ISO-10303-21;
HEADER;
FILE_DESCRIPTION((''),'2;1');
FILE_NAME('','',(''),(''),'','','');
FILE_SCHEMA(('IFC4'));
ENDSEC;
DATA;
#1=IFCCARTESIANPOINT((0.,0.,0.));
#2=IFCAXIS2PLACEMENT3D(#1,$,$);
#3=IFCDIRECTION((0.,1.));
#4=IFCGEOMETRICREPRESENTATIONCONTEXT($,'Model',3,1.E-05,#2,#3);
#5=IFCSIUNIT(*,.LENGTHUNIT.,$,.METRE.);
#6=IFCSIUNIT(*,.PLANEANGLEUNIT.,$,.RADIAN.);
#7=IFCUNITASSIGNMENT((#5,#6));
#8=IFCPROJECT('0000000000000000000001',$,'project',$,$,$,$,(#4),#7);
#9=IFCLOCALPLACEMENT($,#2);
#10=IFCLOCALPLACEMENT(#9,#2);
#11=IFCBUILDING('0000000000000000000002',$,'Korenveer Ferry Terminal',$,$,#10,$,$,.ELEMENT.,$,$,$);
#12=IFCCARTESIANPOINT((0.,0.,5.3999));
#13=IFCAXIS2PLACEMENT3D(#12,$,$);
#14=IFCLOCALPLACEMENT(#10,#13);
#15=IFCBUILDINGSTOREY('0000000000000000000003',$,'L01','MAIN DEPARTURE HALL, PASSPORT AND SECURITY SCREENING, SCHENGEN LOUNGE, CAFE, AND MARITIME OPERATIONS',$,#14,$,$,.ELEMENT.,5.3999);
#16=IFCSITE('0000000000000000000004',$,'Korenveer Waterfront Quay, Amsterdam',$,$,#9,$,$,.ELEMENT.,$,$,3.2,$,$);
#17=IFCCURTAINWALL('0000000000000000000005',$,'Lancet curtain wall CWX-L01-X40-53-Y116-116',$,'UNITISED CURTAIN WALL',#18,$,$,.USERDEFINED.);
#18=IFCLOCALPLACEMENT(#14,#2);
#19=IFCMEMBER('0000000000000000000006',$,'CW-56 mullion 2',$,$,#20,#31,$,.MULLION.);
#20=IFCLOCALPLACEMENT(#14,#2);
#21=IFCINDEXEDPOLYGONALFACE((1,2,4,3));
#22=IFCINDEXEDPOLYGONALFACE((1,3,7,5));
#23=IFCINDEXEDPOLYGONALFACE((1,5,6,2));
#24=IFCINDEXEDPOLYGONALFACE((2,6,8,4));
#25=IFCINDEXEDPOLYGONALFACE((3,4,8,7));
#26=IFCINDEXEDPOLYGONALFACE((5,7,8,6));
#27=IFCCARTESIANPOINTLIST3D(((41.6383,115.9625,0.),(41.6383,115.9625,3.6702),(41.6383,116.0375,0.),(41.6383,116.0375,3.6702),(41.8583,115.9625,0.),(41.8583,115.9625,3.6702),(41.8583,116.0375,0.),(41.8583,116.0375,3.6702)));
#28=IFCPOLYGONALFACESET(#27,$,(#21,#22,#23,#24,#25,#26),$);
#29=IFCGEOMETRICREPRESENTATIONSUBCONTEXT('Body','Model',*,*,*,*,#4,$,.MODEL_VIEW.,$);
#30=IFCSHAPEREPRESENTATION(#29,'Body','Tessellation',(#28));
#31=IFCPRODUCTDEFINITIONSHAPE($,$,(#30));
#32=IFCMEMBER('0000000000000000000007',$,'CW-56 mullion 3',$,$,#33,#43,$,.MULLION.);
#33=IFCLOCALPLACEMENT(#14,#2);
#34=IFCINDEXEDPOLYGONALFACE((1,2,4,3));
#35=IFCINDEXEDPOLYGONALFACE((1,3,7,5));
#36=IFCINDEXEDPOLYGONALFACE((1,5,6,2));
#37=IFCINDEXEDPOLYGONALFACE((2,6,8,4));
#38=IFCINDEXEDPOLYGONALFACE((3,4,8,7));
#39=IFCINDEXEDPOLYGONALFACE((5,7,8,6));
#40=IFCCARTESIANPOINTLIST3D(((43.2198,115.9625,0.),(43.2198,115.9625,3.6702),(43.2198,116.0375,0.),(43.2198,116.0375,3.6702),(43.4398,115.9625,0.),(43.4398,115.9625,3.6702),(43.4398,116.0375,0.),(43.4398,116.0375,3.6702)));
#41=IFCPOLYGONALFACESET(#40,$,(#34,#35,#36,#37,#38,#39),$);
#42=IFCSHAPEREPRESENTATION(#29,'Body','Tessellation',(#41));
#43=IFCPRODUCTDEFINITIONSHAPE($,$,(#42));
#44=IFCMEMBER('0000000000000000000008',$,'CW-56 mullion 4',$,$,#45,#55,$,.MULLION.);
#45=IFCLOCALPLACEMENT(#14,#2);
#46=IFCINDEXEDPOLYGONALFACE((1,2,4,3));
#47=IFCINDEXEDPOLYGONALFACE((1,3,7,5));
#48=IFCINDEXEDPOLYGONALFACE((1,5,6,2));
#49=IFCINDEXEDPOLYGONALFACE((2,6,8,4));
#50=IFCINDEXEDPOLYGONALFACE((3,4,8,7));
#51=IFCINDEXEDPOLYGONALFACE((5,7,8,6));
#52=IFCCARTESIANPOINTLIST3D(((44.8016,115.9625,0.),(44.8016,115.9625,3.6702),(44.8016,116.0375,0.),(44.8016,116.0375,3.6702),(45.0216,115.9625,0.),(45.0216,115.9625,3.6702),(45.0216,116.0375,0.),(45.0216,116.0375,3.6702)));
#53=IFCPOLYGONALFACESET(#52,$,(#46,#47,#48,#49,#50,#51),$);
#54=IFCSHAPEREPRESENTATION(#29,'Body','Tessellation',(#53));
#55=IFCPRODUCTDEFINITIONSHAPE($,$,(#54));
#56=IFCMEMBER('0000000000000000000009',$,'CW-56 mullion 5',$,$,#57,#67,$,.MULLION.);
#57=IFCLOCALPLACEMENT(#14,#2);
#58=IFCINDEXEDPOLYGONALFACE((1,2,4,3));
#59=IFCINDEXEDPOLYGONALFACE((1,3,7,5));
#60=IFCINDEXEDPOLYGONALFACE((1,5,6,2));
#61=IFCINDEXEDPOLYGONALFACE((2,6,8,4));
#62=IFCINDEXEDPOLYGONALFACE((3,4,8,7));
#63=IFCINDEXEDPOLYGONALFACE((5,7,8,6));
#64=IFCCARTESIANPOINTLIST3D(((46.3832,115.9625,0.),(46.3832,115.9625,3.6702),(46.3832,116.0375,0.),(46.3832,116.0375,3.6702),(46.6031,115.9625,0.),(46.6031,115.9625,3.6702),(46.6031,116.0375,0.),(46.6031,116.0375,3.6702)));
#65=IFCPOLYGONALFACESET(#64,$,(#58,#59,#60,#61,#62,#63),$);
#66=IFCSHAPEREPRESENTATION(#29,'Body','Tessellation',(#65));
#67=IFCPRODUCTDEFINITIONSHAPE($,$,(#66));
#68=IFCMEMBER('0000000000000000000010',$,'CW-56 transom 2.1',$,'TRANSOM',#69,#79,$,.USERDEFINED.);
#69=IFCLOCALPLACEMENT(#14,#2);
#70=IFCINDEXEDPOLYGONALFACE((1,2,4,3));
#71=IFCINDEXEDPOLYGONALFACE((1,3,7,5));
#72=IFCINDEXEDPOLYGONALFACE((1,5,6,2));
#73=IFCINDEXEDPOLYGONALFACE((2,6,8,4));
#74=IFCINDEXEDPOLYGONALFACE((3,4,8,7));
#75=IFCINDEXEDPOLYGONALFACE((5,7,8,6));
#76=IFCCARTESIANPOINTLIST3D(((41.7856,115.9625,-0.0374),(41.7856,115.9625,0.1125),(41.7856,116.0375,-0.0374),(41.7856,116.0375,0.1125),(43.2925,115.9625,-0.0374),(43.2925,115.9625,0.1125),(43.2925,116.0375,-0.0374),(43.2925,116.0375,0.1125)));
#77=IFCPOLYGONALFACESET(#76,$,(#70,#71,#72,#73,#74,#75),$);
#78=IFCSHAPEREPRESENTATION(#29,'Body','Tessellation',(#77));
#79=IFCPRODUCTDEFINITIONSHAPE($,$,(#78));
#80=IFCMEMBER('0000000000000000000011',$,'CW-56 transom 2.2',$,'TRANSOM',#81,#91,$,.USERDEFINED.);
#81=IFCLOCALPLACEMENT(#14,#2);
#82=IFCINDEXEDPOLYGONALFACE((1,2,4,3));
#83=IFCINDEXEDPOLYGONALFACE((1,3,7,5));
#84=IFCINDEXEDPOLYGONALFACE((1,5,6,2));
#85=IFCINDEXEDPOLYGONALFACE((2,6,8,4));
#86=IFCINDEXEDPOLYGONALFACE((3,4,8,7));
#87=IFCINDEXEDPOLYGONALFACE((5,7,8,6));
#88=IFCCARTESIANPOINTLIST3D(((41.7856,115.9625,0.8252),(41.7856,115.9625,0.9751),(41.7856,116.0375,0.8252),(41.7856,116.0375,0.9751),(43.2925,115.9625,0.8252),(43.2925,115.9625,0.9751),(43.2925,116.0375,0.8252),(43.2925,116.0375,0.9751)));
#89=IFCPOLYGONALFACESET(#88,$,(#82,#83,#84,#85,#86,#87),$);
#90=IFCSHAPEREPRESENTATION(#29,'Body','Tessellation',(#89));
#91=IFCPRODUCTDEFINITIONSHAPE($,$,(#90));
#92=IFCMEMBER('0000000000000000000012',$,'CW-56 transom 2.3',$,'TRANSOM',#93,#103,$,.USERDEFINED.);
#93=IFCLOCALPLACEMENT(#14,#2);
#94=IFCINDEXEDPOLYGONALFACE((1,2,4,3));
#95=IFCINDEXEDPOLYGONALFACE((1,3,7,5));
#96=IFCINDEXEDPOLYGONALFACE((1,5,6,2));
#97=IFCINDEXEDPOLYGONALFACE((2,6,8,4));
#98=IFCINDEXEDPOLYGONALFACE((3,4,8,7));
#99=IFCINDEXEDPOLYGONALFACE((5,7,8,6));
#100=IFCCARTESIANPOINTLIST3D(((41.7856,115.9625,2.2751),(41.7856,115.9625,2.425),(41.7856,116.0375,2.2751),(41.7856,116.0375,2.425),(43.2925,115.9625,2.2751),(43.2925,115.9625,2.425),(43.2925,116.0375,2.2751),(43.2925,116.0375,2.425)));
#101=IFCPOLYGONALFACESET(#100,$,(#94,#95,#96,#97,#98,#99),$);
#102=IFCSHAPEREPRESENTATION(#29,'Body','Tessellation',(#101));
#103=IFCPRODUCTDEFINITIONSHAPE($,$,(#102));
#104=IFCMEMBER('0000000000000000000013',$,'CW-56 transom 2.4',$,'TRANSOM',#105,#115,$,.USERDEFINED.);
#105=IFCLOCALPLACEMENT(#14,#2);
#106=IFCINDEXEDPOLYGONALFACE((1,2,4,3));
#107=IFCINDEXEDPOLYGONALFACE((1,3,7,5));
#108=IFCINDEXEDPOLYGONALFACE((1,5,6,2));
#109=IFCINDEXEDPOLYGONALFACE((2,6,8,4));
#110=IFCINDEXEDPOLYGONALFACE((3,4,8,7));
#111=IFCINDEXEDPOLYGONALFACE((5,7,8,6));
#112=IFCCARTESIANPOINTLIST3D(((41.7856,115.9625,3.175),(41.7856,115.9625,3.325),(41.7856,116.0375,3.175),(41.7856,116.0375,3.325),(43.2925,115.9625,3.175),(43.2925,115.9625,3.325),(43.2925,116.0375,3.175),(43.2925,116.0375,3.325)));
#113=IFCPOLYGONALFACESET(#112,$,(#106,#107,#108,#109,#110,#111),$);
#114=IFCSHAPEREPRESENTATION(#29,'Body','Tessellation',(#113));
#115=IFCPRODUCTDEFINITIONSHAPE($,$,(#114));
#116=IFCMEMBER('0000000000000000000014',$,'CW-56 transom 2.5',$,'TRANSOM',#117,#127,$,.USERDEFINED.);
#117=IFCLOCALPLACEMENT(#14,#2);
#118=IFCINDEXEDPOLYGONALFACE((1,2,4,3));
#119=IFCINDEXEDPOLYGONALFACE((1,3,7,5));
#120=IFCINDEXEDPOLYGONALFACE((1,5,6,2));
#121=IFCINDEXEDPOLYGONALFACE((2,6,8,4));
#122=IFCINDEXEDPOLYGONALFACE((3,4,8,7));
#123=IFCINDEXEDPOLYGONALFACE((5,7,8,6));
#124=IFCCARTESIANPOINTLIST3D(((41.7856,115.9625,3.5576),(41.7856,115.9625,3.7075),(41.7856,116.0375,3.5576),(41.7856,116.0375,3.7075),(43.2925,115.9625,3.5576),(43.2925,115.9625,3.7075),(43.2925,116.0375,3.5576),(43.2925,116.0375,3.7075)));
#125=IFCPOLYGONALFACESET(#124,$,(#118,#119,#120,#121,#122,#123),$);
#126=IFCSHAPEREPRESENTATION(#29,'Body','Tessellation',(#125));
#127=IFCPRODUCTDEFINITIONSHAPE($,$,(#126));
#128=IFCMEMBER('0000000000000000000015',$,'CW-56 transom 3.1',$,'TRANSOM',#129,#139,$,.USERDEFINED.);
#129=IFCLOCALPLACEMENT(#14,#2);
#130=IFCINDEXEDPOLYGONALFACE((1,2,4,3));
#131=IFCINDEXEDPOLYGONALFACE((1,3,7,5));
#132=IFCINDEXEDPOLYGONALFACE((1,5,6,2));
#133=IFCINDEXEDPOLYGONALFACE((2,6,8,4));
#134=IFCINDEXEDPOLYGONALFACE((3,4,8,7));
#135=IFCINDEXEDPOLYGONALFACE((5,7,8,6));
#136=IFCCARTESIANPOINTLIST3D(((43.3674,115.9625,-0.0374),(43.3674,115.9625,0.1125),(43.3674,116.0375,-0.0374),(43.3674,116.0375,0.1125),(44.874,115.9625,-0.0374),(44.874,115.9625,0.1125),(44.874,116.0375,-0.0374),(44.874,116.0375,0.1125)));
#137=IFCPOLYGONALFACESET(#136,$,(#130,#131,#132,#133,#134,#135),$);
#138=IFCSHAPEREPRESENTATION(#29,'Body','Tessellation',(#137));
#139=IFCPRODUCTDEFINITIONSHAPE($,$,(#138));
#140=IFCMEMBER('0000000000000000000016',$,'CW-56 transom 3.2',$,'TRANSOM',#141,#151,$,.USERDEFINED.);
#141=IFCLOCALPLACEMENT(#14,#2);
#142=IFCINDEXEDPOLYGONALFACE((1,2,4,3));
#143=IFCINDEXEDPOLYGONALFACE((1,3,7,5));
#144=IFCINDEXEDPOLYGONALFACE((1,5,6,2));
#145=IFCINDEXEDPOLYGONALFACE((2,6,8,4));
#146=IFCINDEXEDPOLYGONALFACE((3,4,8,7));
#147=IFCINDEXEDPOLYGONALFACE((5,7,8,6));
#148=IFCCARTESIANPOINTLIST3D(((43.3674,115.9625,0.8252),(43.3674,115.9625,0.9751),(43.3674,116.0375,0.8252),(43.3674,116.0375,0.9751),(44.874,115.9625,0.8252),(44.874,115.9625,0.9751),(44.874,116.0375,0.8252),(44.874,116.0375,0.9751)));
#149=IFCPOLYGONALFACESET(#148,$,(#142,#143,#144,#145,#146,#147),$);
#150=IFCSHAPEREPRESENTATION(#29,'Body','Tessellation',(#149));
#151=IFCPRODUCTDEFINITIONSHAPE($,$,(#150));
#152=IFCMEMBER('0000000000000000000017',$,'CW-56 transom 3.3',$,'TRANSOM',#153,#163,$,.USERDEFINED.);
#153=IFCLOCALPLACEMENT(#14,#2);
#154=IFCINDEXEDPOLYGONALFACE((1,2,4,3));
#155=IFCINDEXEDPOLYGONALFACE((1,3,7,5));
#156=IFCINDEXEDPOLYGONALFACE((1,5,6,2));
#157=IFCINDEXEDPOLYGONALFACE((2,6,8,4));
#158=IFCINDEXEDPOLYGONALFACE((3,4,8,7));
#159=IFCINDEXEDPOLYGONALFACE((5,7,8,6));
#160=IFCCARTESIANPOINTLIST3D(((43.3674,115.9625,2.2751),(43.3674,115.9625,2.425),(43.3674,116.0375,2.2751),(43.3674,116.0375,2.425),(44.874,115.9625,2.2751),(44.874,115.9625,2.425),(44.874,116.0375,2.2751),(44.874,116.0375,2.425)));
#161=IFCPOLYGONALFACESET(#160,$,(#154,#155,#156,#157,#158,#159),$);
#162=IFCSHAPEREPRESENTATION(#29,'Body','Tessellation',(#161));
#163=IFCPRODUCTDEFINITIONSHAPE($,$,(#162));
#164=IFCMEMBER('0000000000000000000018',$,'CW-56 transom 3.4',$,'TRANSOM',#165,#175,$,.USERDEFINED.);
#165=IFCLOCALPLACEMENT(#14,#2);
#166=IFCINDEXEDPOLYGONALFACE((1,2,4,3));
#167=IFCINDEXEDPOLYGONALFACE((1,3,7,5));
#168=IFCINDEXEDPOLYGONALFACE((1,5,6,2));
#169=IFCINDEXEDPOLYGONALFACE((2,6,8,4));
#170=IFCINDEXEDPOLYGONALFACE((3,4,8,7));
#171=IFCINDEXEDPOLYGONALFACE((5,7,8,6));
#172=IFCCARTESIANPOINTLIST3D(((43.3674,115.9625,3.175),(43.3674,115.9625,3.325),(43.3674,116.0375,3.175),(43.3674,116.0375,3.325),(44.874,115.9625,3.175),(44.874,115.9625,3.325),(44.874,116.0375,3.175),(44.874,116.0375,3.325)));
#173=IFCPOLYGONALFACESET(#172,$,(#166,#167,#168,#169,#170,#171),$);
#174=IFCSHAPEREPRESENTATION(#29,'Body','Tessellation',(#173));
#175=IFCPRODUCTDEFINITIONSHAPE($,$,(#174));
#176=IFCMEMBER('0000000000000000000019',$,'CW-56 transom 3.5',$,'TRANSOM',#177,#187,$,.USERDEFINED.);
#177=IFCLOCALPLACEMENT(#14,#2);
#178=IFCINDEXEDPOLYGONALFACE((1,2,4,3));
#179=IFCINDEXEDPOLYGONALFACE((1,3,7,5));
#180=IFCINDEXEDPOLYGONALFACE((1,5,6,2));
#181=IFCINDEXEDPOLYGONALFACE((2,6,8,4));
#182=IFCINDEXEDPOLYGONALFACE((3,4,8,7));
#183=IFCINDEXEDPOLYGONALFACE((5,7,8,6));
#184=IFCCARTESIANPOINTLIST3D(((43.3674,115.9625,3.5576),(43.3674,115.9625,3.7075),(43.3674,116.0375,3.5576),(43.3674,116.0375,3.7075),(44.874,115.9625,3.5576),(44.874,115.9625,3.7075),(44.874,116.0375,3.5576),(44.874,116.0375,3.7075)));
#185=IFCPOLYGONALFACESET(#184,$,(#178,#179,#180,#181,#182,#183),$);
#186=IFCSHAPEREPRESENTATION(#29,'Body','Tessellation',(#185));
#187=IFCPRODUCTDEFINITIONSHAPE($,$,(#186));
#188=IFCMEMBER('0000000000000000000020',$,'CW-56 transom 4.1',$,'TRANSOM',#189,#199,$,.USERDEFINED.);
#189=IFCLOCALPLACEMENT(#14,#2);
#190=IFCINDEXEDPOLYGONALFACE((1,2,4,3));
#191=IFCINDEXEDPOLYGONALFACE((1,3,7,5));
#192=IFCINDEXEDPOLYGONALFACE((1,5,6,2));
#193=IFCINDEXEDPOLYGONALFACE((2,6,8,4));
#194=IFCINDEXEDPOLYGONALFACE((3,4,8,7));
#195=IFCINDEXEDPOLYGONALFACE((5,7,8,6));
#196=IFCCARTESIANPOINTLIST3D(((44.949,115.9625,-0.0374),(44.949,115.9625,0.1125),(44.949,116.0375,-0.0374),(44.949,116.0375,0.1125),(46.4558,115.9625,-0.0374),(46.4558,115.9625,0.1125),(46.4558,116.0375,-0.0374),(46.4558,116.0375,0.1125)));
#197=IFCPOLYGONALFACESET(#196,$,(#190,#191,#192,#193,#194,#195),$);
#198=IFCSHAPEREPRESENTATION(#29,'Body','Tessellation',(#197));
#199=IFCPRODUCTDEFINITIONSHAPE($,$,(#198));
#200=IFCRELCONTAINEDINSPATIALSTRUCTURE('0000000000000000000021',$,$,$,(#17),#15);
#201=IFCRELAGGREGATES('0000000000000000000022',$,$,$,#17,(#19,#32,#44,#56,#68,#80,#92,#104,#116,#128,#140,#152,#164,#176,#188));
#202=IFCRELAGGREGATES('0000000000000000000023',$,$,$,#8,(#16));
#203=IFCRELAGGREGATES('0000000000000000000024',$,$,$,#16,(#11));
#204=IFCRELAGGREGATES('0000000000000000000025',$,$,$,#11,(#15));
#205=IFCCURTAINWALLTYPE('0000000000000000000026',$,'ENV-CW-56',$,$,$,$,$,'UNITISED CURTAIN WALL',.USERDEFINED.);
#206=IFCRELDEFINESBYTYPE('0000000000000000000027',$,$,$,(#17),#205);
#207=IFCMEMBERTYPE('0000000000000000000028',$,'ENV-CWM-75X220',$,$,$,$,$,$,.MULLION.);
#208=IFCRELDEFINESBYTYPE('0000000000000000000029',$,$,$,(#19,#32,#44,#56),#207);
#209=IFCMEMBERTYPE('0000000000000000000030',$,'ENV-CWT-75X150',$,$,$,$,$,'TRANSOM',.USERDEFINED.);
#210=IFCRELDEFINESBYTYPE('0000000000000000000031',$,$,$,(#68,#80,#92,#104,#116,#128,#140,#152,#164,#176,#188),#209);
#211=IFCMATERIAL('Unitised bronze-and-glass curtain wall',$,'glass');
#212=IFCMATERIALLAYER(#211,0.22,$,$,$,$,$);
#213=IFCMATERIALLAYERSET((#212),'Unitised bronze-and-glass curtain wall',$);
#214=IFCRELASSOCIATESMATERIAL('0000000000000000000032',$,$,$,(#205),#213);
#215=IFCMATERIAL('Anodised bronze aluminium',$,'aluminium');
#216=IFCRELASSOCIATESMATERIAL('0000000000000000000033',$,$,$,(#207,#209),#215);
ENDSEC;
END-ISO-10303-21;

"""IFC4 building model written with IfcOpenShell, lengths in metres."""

from ifc_helpers import new_model, si_unit, direction, frame, origin, origin_2d, place, context, subcontext, project, spatial, rectangle, extrude, material, layer, layer_set, material_profile, profile_set, type_object, element, aggregate, save


model = new_model("IFC4")

# Units and contexts
model_context = context("Model", 3, precision=1e-05, world=origin(), true_north=direction((0.0, 1.0)))
body_context = subcontext(model_context, "Body", "Model", "MODEL_VIEW")
ifc_project = project(units=[si_unit("LENGTHUNIT", "METRE"), si_unit("PLANEANGLEUNIT", "RADIAN")], contexts=[model_context])

# Site, building, storey
site_placement = place(None, origin())
site = spatial("IfcSite", under=ifc_project, at=site_placement, Name="Korenveer Waterfront Quay, Amsterdam", CompositionType="ELEMENT", RefElevation=3.2)
building_placement = place(site_placement, origin())
building = spatial("IfcBuilding", under=site, at=building_placement, Name="Korenveer Ferry Terminal", CompositionType="ELEMENT")
storey_placement = place(building_placement, frame((0.0, 0.0, 5.3999)))
storey = spatial("IfcBuildingStorey", under=building, at=storey_placement, Name="L01", Description="MAIN DEPARTURE HALL, PASSPORT AND SECURITY SCREENING, SCHENGEN LOUNGE, CAFE, AND MARITIME OPERATIONS", CompositionType="ELEMENT", Elevation=5.3999)

# Curtain wall, members
ifc_material_1 = material(Name="Unitised bronze-and-glass curtain wall", Category="glass")
ifc_layer_1 = layer(ifc_material_1, 0.22)
ifc_layer_set_1 = layer_set([ifc_layer_1], Name="Unitised bronze-and-glass curtain wall")
curtain_wall_type = type_object("IfcCurtainWallType", Name="ENV-CW-56", ElementType="UNITISED CURTAIN WALL", PredefinedType="USERDEFINED", material=ifc_layer_set_1)
curtain_wall_placement = place(storey_placement, frame((40.1665, 116.0, 0.0)))
curtain_wall = element("IfcCurtainWall", 1, at=curtain_wall_placement, inside=storey, type_object=curtain_wall_type, Name="Lancet curtain wall CWX-L01-X40-53-Y116-116", ObjectType="UNITISED CURTAIN WALL", PredefinedType="USERDEFINED")
ifc_material_2 = material(Name="Anodised bronze aluminium", Category="aluminium")
ifc_material_profile_1 = material_profile(ifc_material_2, rectangle(XDim=0.075, YDim=0.22, at=origin_2d()), Name="ALU 75x220")
ifc_profile_set_1 = profile_set([ifc_material_profile_1], Name="Anodised bronze aluminium")
member_type_1 = type_object("IfcMemberType", Name="ENV-CWM-75X220", PredefinedType="MULLION", material=ifc_profile_set_1)
member_1_placement = place(storey_placement, frame((41.7483, 116.0, 0.0), z_axis=(0.0, 0.0, 1.0), x_axis=(0.0, 1.0, 0.0)))
member_1 = element("IfcMember", 2, at=member_1_placement, type_object=member_type_1, Name="CW-56 mullion 2", PredefinedType="MULLION", context=body_context, shape_type="SweptSolid", body=[
    extrude(rectangle(XDim=0.075, YDim=0.22, at=origin_2d()), origin(), (0.0, 0.0, 1.0), 3.6702),
])
member_2_placement = place(storey_placement, frame((43.3298, 116.0, 0.0), z_axis=(0.0, 0.0, 1.0), x_axis=(0.0, 1.0, 0.0)))
member_2 = element("IfcMember", 3, at=member_2_placement, type_object=member_type_1, Name="CW-56 mullion 3", PredefinedType="MULLION", context=body_context, shape_type="SweptSolid", body=[
    extrude(rectangle(XDim=0.075, YDim=0.22, at=origin_2d()), origin(), (0.0, 0.0, 1.0), 3.6702),
])
member_3_placement = place(storey_placement, frame((44.9116, 116.0, 0.0), z_axis=(0.0, 0.0, 1.0), x_axis=(0.0, 1.0, 0.0)))
member_3 = element("IfcMember", 4, at=member_3_placement, type_object=member_type_1, Name="CW-56 mullion 4", PredefinedType="MULLION", context=body_context, shape_type="SweptSolid", body=[
    extrude(rectangle(XDim=0.075, YDim=0.22, at=origin_2d()), origin(), (0.0, 0.0, 1.0), 3.6702),
])
member_4_placement = place(storey_placement, frame((46.4932, 116.0, 0.0), z_axis=(0.0, 0.0, 1.0), x_axis=(0.0, 1.0, 0.0)))
member_4 = element("IfcMember", 5, at=member_4_placement, type_object=member_type_1, Name="CW-56 mullion 5", PredefinedType="MULLION", context=body_context, shape_type="SweptSolid", body=[
    extrude(rectangle(XDim=0.075, YDim=0.22, at=origin_2d()), origin(), (0.0, 0.0, 1.0), 3.6702),
])
ifc_material_profile_2 = material_profile(ifc_material_2, rectangle(XDim=0.075, YDim=0.1499, at=origin_2d()), Name="ALU 75x150")
ifc_profile_set_2 = profile_set([ifc_material_profile_2], Name="Anodised bronze aluminium")
member_type_2 = type_object("IfcMemberType", Name="ENV-CWT-75X150", ElementType="TRANSOM", PredefinedType="USERDEFINED", material=ifc_profile_set_2)
member_5_placement = place(storey_placement, frame((41.7856, 116.0, 0.0376), z_axis=(1.0, 0.0, 0.0), x_axis=(0.0, 1.0, 0.0)))
member_5 = element("IfcMember", 6, at=member_5_placement, type_object=member_type_2, Name="CW-56 transom 2.1", ObjectType="TRANSOM", PredefinedType="USERDEFINED", context=body_context, shape_type="SweptSolid", body=[
    extrude(rectangle(XDim=0.075, YDim=0.1499, at=origin_2d()), origin(), (0.0, 0.0, 1.0), 1.5068),
])
member_6_placement = place(storey_placement, frame((41.7856, 116.0, 0.9001), z_axis=(1.0, 0.0, 0.0), x_axis=(0.0, 1.0, 0.0)))
member_6 = element("IfcMember", 7, at=member_6_placement, type_object=member_type_2, Name="CW-56 transom 2.2", ObjectType="TRANSOM", PredefinedType="USERDEFINED", context=body_context, shape_type="SweptSolid", body=[
    extrude(rectangle(XDim=0.075, YDim=0.1499, at=origin_2d()), origin(), (0.0, 0.0, 1.0), 1.5068),
])
member_7_placement = place(storey_placement, frame((41.7856, 116.0, 2.3501), z_axis=(1.0, 0.0, 0.0), x_axis=(0.0, 1.0, 0.0)))
member_7 = element("IfcMember", 8, at=member_7_placement, type_object=member_type_2, Name="CW-56 transom 2.3", ObjectType="TRANSOM", PredefinedType="USERDEFINED", context=body_context, shape_type="SweptSolid", body=[
    extrude(rectangle(XDim=0.075, YDim=0.1499, at=origin_2d()), origin(), (0.0, 0.0, 1.0), 1.5068),
])
member_8_placement = place(storey_placement, frame((41.7856, 116.0, 3.25), z_axis=(1.0, 0.0, 0.0), x_axis=(0.0, 1.0, 0.0)))
member_8 = element("IfcMember", 9, at=member_8_placement, type_object=member_type_2, Name="CW-56 transom 2.4", ObjectType="TRANSOM", PredefinedType="USERDEFINED", context=body_context, shape_type="SweptSolid", body=[
    extrude(rectangle(XDim=0.075, YDim=0.1499, at=origin_2d()), origin(), (0.0, 0.0, 1.0), 1.5068),
])
member_9_placement = place(storey_placement, frame((41.7856, 116.0, 3.6326), z_axis=(1.0, 0.0, 0.0), x_axis=(0.0, 1.0, 0.0)))
member_9 = element("IfcMember", 10, at=member_9_placement, type_object=member_type_2, Name="CW-56 transom 2.5", ObjectType="TRANSOM", PredefinedType="USERDEFINED", context=body_context, shape_type="SweptSolid", body=[
    extrude(rectangle(XDim=0.075, YDim=0.1499, at=origin_2d()), origin(), (0.0, 0.0, 1.0), 1.5068),
])
member_10_placement = place(storey_placement, frame((43.3674, 116.0, 0.0376), z_axis=(1.0, 0.0, 0.0), x_axis=(0.0, 1.0, 0.0)))
member_10 = element("IfcMember", 11, at=member_10_placement, type_object=member_type_2, Name="CW-56 transom 3.1", ObjectType="TRANSOM", PredefinedType="USERDEFINED", context=body_context, shape_type="SweptSolid", body=[
    extrude(rectangle(XDim=0.075, YDim=0.1499, at=origin_2d()), origin(), (0.0, 0.0, 1.0), 1.5066),
])
member_11_placement = place(storey_placement, frame((43.3674, 116.0, 0.9001), z_axis=(1.0, 0.0, 0.0), x_axis=(0.0, 1.0, 0.0)))
member_11 = element("IfcMember", 12, at=member_11_placement, type_object=member_type_2, Name="CW-56 transom 3.2", ObjectType="TRANSOM", PredefinedType="USERDEFINED", context=body_context, shape_type="SweptSolid", body=[
    extrude(rectangle(XDim=0.075, YDim=0.1499, at=origin_2d()), origin(), (0.0, 0.0, 1.0), 1.5066),
])
member_12_placement = place(storey_placement, frame((43.3674, 116.0, 2.3501), z_axis=(1.0, 0.0, 0.0), x_axis=(0.0, 1.0, 0.0)))
member_12 = element("IfcMember", 13, at=member_12_placement, type_object=member_type_2, Name="CW-56 transom 3.3", ObjectType="TRANSOM", PredefinedType="USERDEFINED", context=body_context, shape_type="SweptSolid", body=[
    extrude(rectangle(XDim=0.075, YDim=0.1499, at=origin_2d()), origin(), (0.0, 0.0, 1.0), 1.5066),
])
member_13_placement = place(storey_placement, frame((43.3674, 116.0, 3.25), z_axis=(1.0, 0.0, 0.0), x_axis=(0.0, 1.0, 0.0)))
member_13 = element("IfcMember", 14, at=member_13_placement, type_object=member_type_2, Name="CW-56 transom 3.4", ObjectType="TRANSOM", PredefinedType="USERDEFINED", context=body_context, shape_type="SweptSolid", body=[
    extrude(rectangle(XDim=0.075, YDim=0.1499, at=origin_2d()), origin(), (0.0, 0.0, 1.0), 1.5066),
])
member_14_placement = place(storey_placement, frame((43.3674, 116.0, 3.6326), z_axis=(1.0, 0.0, 0.0), x_axis=(0.0, 1.0, 0.0)))
member_14 = element("IfcMember", 15, at=member_14_placement, type_object=member_type_2, Name="CW-56 transom 3.5", ObjectType="TRANSOM", PredefinedType="USERDEFINED", context=body_context, shape_type="SweptSolid", body=[
    extrude(rectangle(XDim=0.075, YDim=0.1499, at=origin_2d()), origin(), (0.0, 0.0, 1.0), 1.5066),
])
member_15_placement = place(storey_placement, frame((44.949, 116.0, 0.0376), z_axis=(1.0, 0.0, 0.0), x_axis=(0.0, 1.0, 0.0)))
member_15 = element("IfcMember", 16, at=member_15_placement, type_object=member_type_2, Name="CW-56 transom 4.1", ObjectType="TRANSOM", PredefinedType="USERDEFINED", context=body_context, shape_type="SweptSolid", body=[
    extrude(rectangle(XDim=0.075, YDim=0.1499, at=origin_2d()), origin(), (0.0, 0.0, 1.0), 1.5068),
])
aggregate(curtain_wall, [member_1, member_2, member_3, member_4, member_5, member_6, member_7, member_8, member_9, member_10, member_11, member_12, member_13, member_14, member_15])

save(model, "model.ifc")
